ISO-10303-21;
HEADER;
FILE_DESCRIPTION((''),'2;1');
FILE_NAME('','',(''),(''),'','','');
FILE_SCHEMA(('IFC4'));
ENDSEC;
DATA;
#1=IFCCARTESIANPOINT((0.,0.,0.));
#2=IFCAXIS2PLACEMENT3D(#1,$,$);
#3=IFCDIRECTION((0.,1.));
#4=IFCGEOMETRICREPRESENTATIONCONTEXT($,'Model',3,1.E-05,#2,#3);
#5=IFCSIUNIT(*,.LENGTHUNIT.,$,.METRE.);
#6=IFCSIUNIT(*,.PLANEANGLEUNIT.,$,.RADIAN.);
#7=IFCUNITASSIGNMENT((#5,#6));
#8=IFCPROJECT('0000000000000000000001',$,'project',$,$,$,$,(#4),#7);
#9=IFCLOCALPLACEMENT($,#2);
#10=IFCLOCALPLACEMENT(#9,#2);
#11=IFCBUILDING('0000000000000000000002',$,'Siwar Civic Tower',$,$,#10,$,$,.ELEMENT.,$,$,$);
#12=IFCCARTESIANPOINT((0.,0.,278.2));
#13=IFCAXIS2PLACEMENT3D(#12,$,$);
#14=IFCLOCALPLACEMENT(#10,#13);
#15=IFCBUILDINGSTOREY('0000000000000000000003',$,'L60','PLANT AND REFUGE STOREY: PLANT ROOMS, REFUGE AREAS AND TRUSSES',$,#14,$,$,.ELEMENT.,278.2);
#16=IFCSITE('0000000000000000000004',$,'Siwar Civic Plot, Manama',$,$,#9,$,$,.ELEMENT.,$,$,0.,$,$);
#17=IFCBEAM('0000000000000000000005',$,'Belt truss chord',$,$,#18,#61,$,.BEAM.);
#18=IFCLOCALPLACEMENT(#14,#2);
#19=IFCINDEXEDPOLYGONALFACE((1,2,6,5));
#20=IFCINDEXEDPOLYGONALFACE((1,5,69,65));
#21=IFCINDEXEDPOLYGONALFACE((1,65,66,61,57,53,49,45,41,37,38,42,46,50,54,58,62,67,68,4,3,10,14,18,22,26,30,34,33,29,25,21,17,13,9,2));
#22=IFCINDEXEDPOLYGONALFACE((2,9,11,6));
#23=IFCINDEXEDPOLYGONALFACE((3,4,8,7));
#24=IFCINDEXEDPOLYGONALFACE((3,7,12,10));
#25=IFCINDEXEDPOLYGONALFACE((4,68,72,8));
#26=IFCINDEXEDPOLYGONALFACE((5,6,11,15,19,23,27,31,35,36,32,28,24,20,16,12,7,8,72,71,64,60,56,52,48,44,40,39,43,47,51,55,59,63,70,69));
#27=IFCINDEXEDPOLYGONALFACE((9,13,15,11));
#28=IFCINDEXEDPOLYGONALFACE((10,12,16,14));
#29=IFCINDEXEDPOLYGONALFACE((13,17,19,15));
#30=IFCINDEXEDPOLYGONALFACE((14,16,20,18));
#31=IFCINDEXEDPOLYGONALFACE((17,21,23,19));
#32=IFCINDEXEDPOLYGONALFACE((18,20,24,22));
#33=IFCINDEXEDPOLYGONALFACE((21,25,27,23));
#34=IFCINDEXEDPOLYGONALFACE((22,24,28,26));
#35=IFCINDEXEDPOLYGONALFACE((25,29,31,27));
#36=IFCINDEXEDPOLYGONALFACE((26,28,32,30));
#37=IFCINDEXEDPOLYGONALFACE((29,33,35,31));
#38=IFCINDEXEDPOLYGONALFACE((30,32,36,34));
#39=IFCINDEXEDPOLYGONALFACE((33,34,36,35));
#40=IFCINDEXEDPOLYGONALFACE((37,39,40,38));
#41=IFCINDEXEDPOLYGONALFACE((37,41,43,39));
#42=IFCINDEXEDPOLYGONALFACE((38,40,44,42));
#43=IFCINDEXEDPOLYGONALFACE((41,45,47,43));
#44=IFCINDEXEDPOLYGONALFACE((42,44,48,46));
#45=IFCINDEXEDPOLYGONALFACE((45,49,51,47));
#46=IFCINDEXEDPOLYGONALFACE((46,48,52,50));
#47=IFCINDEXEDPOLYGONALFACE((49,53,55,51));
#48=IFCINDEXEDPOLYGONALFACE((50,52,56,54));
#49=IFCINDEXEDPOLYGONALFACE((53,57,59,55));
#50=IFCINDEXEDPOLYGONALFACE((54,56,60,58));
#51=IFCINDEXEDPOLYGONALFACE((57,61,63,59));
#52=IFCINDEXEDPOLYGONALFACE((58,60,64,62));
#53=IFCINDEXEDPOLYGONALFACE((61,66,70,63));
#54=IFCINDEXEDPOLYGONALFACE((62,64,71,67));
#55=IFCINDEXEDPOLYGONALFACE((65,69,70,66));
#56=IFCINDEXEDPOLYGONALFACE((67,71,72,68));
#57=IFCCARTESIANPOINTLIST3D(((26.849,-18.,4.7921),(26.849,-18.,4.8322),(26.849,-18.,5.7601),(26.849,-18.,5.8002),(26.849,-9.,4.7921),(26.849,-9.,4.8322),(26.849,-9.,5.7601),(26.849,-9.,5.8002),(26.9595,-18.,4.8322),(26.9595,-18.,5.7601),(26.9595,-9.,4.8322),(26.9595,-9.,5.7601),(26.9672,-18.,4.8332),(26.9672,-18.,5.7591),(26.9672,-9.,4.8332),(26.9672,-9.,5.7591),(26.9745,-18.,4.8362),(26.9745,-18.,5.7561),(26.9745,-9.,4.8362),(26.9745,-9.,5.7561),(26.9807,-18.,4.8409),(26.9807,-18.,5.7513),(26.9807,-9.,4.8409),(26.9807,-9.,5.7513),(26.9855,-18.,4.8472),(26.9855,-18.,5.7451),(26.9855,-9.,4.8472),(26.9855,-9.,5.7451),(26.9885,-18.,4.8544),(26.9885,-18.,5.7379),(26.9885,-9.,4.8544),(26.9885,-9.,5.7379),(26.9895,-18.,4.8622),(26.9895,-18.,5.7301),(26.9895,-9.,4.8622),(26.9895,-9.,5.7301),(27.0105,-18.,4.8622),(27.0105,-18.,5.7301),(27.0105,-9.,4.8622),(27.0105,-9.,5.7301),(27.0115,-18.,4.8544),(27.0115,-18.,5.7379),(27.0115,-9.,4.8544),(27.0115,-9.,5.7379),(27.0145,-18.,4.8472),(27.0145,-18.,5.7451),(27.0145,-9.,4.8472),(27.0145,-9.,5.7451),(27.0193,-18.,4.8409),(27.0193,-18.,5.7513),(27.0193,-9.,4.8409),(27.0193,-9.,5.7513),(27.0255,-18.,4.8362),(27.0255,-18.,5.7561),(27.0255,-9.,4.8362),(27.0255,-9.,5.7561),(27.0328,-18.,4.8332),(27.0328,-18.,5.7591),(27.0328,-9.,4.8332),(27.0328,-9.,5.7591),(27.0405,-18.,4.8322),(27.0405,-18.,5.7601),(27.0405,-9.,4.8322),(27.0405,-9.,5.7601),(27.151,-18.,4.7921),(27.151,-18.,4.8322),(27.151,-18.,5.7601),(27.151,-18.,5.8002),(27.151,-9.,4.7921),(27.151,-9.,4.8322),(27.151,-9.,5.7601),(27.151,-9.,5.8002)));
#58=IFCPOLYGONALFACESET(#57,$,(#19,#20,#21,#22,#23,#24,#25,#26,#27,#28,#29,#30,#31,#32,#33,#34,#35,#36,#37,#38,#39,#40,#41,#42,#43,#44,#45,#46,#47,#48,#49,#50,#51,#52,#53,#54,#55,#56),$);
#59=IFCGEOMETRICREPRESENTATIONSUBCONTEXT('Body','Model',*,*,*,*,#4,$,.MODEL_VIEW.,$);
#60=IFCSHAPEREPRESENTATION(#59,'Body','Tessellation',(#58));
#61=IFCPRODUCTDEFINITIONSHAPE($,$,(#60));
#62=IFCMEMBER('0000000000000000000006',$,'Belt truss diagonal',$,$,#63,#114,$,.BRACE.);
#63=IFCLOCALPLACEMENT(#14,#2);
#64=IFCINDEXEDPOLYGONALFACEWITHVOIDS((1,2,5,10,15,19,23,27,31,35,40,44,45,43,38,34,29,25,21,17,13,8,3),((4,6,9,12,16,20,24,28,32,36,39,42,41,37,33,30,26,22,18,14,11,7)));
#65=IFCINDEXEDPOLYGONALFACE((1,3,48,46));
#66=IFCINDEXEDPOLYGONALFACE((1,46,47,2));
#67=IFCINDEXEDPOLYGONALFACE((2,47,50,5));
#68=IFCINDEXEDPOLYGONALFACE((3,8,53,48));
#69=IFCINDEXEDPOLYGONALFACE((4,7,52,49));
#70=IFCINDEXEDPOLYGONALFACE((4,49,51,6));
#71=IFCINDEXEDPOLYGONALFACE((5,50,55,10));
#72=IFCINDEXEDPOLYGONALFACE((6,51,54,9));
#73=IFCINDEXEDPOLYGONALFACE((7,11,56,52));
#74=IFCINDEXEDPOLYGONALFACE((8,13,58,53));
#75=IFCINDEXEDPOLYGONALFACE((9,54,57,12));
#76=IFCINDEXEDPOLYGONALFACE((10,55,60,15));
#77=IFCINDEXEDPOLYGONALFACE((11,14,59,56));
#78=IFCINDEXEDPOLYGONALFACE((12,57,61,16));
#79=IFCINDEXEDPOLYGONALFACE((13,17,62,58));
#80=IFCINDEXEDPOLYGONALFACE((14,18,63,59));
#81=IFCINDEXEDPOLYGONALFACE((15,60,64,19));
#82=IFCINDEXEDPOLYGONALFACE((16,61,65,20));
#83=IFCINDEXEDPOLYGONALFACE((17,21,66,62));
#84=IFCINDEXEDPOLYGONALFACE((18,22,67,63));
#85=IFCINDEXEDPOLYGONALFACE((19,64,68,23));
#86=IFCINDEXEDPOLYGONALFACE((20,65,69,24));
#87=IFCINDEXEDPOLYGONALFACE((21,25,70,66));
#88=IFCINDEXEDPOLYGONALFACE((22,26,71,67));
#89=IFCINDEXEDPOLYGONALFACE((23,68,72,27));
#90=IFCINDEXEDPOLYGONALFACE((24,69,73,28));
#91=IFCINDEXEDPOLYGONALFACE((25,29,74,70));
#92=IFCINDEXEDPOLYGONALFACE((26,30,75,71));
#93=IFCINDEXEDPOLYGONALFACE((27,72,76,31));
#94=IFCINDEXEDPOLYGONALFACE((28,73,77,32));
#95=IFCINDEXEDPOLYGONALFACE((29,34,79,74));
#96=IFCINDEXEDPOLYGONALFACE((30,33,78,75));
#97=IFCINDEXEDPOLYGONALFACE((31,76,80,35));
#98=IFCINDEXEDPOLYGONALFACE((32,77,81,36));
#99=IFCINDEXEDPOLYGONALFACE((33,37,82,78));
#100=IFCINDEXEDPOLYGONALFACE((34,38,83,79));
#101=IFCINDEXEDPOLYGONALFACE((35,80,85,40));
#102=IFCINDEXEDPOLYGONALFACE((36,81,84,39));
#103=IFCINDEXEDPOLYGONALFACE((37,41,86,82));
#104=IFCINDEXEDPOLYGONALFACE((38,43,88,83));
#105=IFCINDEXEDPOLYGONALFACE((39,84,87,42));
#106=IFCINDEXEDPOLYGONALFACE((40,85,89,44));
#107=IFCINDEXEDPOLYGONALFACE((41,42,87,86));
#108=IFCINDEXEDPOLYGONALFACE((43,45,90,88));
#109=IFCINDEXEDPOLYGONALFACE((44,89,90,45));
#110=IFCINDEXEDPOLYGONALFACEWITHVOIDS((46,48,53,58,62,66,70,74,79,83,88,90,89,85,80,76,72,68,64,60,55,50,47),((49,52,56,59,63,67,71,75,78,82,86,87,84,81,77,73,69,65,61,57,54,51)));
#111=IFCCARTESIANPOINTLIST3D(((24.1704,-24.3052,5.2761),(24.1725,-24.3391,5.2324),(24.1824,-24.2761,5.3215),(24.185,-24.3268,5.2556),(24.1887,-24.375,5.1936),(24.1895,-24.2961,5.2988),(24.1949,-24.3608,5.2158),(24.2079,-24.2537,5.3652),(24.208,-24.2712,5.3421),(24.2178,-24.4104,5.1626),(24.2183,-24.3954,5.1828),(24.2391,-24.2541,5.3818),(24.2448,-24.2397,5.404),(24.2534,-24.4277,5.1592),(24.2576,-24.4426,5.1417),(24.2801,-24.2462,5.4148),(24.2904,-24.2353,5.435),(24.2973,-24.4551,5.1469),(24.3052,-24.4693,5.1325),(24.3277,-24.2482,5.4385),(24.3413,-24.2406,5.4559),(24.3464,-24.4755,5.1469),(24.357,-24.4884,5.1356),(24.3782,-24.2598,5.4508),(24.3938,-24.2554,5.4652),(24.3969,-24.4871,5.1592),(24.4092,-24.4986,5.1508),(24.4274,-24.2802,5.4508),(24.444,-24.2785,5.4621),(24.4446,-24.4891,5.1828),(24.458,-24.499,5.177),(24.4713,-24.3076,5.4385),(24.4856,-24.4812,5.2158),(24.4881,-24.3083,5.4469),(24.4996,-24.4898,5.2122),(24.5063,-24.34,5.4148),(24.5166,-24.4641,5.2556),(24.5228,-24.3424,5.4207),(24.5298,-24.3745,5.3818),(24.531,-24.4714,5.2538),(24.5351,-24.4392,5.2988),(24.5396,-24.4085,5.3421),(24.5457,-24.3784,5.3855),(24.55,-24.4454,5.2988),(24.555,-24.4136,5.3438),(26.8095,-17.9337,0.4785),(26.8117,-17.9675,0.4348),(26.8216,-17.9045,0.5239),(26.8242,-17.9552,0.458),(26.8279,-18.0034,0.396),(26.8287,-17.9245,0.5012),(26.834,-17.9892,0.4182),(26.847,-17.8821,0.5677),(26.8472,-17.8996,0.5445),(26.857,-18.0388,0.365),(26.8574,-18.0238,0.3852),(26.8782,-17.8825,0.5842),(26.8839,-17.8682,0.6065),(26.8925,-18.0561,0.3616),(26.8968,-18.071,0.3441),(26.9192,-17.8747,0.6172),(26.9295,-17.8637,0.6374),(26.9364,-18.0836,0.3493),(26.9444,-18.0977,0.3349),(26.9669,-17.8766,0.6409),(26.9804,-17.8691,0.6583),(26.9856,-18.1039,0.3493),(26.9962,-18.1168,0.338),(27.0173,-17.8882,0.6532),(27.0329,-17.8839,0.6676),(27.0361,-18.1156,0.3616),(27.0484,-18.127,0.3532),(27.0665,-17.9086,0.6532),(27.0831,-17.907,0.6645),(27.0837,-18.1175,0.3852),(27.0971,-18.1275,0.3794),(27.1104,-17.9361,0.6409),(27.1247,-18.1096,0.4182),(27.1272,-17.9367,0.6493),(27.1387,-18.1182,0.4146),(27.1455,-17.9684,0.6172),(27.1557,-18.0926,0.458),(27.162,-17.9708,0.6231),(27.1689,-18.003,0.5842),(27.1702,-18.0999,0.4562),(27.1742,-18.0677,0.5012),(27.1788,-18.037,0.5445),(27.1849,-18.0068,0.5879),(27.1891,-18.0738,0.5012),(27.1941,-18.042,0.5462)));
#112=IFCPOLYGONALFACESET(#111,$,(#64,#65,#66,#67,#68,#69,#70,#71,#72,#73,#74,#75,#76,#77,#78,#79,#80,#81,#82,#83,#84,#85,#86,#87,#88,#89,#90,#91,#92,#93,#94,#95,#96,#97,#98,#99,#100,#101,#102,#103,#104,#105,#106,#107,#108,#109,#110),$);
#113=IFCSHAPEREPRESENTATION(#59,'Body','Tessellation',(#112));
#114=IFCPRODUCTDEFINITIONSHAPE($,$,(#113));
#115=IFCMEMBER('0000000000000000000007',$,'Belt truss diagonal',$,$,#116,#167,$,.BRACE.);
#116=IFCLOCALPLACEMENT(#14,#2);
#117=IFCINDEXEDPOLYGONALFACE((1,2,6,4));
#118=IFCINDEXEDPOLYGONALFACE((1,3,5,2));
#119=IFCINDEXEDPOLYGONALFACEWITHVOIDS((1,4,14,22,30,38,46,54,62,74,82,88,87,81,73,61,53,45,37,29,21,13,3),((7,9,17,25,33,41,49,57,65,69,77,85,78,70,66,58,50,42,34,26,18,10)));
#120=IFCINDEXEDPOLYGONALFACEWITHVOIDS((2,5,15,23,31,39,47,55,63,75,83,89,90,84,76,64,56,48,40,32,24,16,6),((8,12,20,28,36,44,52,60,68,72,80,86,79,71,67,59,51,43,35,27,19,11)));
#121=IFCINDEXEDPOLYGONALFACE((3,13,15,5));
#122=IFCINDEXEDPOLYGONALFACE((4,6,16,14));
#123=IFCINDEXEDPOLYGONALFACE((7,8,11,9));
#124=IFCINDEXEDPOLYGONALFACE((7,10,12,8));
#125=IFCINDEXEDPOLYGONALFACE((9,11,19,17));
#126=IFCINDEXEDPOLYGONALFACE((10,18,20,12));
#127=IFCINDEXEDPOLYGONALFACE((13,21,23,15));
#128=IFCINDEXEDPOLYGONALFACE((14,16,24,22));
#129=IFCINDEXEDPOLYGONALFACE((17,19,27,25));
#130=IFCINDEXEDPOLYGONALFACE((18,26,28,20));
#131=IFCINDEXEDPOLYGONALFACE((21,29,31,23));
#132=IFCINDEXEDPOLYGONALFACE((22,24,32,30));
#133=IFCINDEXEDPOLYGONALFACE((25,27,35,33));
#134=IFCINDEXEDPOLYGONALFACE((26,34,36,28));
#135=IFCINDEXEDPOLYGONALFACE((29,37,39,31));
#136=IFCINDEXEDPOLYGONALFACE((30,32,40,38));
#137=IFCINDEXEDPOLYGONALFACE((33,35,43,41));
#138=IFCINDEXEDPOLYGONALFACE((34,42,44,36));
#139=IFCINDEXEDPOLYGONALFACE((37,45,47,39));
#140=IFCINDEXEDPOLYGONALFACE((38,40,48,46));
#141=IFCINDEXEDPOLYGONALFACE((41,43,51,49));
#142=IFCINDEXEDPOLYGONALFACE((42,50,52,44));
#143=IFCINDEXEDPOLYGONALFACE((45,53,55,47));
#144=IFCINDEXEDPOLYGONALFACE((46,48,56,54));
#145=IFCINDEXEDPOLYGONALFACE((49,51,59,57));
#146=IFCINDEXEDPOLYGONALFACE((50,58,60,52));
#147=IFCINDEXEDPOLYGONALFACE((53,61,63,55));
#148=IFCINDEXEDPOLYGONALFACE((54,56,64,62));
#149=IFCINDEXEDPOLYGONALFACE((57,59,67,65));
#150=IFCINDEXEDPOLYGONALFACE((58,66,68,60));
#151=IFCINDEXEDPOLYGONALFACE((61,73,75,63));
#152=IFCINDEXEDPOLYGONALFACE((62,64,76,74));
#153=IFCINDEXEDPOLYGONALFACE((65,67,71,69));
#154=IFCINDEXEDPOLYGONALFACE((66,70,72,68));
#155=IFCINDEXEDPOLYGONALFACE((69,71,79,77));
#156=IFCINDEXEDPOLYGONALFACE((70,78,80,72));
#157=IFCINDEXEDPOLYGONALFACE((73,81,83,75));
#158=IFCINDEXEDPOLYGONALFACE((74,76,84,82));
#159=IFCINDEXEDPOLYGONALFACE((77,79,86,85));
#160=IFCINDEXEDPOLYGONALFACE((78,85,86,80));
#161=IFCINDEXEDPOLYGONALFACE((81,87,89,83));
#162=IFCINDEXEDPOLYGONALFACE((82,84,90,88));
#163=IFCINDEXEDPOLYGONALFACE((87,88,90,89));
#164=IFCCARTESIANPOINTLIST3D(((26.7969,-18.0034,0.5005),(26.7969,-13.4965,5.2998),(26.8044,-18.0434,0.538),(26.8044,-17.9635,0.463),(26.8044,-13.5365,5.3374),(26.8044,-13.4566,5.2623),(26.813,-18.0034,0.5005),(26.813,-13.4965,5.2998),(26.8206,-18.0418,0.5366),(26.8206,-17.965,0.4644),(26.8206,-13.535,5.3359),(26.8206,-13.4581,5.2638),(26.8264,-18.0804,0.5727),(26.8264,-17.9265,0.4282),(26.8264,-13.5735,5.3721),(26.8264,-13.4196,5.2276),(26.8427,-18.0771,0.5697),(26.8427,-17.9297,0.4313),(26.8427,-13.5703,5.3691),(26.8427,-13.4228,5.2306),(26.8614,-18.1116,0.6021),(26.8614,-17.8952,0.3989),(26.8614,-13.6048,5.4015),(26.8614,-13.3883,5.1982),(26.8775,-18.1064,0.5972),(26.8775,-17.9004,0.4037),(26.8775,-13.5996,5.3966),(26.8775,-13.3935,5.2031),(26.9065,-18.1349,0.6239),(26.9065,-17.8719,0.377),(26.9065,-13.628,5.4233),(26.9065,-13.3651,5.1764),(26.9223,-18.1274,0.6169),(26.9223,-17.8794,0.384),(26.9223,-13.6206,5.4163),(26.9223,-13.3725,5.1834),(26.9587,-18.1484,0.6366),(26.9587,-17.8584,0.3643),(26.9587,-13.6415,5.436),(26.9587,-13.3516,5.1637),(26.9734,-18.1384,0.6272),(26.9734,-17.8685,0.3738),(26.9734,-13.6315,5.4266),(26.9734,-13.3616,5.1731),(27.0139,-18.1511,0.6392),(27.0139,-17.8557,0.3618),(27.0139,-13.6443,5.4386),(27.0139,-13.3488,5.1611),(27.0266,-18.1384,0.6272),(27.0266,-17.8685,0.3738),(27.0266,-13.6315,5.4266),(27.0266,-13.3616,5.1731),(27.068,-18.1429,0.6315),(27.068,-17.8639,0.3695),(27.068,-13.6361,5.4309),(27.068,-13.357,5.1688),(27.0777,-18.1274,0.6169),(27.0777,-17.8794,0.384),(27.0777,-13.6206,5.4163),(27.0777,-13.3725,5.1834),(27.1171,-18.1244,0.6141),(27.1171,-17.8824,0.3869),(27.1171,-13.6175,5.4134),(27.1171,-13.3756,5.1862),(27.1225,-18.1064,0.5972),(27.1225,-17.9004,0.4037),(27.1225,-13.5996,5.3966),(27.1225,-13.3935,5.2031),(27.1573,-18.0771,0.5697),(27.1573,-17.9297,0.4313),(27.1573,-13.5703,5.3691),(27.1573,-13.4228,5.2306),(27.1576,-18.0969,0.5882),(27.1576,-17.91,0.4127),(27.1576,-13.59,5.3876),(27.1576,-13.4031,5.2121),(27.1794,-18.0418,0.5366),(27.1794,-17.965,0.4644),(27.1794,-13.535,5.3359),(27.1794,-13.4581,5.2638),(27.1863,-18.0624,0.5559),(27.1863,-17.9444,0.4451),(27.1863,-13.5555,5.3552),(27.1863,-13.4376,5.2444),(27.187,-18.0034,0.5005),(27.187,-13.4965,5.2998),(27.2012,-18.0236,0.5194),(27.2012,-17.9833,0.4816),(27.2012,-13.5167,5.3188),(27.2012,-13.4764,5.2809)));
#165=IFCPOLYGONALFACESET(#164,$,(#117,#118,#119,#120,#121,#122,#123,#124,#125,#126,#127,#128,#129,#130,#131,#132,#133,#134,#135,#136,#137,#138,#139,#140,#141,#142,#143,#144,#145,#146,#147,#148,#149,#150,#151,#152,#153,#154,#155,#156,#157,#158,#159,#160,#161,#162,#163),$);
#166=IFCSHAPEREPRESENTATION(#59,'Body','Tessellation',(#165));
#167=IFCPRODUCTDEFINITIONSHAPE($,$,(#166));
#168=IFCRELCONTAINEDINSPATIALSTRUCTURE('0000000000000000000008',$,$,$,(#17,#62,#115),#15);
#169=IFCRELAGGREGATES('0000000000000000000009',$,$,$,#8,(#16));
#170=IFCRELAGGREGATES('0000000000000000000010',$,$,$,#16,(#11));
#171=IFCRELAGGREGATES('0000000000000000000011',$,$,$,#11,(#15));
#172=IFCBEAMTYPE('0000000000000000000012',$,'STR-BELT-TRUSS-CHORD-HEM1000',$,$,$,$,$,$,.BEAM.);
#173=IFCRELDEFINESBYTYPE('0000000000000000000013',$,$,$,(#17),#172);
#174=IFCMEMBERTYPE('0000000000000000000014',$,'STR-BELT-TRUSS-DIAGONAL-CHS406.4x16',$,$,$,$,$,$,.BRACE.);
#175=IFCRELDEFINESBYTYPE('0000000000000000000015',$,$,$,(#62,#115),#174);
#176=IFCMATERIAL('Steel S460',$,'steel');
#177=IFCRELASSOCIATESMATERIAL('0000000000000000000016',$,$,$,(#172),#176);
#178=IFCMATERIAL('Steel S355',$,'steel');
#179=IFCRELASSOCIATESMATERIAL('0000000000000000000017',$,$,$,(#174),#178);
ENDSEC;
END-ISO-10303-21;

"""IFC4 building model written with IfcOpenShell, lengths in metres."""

from ifc_helpers import new_model, si_unit, direction, frame, origin, origin_2d, place, context, subcontext, project, spatial, hollow_circle, i_section, extrude, material, material_profile, profile_set, type_object, element, save


model = new_model("IFC4")

# Units and contexts
model_context = context("Model", 3, precision=1e-05, world=origin(), true_north=direction((0.0, 1.0)))
body_context = subcontext(model_context, "Body", "Model", "MODEL_VIEW")
ifc_project = project(units=[si_unit("LENGTHUNIT", "METRE"), si_unit("PLANEANGLEUNIT", "RADIAN")], contexts=[model_context])

# Site, building, storey
site_placement = place(None, origin())
site = spatial("IfcSite", under=ifc_project, at=site_placement, Name="Siwar Civic Plot, Manama", CompositionType="ELEMENT", RefElevation=0.0)
building_placement = place(site_placement, origin())
building = spatial("IfcBuilding", under=site, at=building_placement, Name="Siwar Civic Tower", CompositionType="ELEMENT")
storey_placement = place(building_placement, frame((0.0, 0.0, 278.2)))
storey = spatial("IfcBuildingStorey", under=building, at=storey_placement, Name="L60", Description="PLANT AND REFUGE STOREY: PLANT ROOMS, REFUGE AREAS AND TRUSSES", CompositionType="ELEMENT", Elevation=278.2)

# Beam
ifc_material_1 = material(Name="Steel S460", Category="steel")
ifc_material_profile_1 = material_profile(ifc_material_1, i_section(OverallWidth=0.302, OverallDepth=1.0081, WebThickness=0.021, FlangeThickness=0.04, FilletRadius=0.03, at=origin_2d()), Name="HEM1000")
ifc_profile_set_1 = profile_set([ifc_material_profile_1], Name="Steel S460")
beam_type_1 = type_object("IfcBeamType", Name="STR-BELT-TRUSS-CHORD-HEM1000", PredefinedType="BEAM", material=ifc_profile_set_1)
for number, where, z_axis, x_axis, name in (
    (1, (27.0, -18.0, 5.2961), (0.0, 1.0, 0.0), (-1.0, 0.0, 0.0), "Belt truss chord"),
):
    element("IfcBeam", number, at=place(storey_placement, frame(where, z_axis=z_axis, x_axis=x_axis)), inside=storey, type_object=beam_type_1, Name=name, PredefinedType="BEAM", context=body_context, shape_type="SweptSolid", body=[
        extrude(i_section(OverallWidth=0.302, OverallDepth=1.0081, WebThickness=0.021, FlangeThickness=0.04, FilletRadius=0.03, at=origin_2d()), origin(), (0.0, 0.0, 1.0), 9.0),
    ])

# Members
ifc_material_2 = material(Name="Steel S355", Category="steel")
ifc_material_profile_2 = material_profile(ifc_material_2, hollow_circle(Radius=0.2031, WallThickness=0.0161, at=origin_2d()), Name="CHS406.4x16")
ifc_profile_set_2 = profile_set([ifc_material_profile_2], Name="Steel S355")
member_type_1 = type_object("IfcMemberType", Name="STR-BELT-TRUSS-DIAGONAL-CHS406.4x16", PredefinedType="BRACE", material=ifc_profile_set_2)
member_1_placement = place(storey_placement, frame((27.0015, -17.9961, 0.5012), z_axis=(-0.314143, -0.758418, 0.571066), x_axis=(0.923881, -0.382679, 0.0)))
element("IfcMember", 2, at=member_1_placement, inside=storey, type_object=member_type_1, Name="Belt truss diagonal", PredefinedType="BRACE", context=body_context, shape_type="SweptSolid", body=[
    extrude(hollow_circle(Radius=0.2031, WallThickness=0.0161, at=origin_2d()), origin(), (0.0, 0.0, 1.0), 8.4011),
])
member_2_placement = place(storey_placement, frame((27.0, -18.0034, 0.5005), z_axis=(0.0, 0.684545, 0.72897), x_axis=(-1.0, 0.0, 0.0)))
element("IfcMember", 3, at=member_2_placement, inside=storey, type_object=member_type_1, Name="Belt truss diagonal", PredefinedType="BRACE", context=body_context, shape_type="SweptSolid", body=[
    extrude(hollow_circle(Radius=0.2031, WallThickness=0.0161, at=origin_2d()), origin(), (0.0, 0.0, 1.0), 6.5837),
])

save(model, "model.ifc")
